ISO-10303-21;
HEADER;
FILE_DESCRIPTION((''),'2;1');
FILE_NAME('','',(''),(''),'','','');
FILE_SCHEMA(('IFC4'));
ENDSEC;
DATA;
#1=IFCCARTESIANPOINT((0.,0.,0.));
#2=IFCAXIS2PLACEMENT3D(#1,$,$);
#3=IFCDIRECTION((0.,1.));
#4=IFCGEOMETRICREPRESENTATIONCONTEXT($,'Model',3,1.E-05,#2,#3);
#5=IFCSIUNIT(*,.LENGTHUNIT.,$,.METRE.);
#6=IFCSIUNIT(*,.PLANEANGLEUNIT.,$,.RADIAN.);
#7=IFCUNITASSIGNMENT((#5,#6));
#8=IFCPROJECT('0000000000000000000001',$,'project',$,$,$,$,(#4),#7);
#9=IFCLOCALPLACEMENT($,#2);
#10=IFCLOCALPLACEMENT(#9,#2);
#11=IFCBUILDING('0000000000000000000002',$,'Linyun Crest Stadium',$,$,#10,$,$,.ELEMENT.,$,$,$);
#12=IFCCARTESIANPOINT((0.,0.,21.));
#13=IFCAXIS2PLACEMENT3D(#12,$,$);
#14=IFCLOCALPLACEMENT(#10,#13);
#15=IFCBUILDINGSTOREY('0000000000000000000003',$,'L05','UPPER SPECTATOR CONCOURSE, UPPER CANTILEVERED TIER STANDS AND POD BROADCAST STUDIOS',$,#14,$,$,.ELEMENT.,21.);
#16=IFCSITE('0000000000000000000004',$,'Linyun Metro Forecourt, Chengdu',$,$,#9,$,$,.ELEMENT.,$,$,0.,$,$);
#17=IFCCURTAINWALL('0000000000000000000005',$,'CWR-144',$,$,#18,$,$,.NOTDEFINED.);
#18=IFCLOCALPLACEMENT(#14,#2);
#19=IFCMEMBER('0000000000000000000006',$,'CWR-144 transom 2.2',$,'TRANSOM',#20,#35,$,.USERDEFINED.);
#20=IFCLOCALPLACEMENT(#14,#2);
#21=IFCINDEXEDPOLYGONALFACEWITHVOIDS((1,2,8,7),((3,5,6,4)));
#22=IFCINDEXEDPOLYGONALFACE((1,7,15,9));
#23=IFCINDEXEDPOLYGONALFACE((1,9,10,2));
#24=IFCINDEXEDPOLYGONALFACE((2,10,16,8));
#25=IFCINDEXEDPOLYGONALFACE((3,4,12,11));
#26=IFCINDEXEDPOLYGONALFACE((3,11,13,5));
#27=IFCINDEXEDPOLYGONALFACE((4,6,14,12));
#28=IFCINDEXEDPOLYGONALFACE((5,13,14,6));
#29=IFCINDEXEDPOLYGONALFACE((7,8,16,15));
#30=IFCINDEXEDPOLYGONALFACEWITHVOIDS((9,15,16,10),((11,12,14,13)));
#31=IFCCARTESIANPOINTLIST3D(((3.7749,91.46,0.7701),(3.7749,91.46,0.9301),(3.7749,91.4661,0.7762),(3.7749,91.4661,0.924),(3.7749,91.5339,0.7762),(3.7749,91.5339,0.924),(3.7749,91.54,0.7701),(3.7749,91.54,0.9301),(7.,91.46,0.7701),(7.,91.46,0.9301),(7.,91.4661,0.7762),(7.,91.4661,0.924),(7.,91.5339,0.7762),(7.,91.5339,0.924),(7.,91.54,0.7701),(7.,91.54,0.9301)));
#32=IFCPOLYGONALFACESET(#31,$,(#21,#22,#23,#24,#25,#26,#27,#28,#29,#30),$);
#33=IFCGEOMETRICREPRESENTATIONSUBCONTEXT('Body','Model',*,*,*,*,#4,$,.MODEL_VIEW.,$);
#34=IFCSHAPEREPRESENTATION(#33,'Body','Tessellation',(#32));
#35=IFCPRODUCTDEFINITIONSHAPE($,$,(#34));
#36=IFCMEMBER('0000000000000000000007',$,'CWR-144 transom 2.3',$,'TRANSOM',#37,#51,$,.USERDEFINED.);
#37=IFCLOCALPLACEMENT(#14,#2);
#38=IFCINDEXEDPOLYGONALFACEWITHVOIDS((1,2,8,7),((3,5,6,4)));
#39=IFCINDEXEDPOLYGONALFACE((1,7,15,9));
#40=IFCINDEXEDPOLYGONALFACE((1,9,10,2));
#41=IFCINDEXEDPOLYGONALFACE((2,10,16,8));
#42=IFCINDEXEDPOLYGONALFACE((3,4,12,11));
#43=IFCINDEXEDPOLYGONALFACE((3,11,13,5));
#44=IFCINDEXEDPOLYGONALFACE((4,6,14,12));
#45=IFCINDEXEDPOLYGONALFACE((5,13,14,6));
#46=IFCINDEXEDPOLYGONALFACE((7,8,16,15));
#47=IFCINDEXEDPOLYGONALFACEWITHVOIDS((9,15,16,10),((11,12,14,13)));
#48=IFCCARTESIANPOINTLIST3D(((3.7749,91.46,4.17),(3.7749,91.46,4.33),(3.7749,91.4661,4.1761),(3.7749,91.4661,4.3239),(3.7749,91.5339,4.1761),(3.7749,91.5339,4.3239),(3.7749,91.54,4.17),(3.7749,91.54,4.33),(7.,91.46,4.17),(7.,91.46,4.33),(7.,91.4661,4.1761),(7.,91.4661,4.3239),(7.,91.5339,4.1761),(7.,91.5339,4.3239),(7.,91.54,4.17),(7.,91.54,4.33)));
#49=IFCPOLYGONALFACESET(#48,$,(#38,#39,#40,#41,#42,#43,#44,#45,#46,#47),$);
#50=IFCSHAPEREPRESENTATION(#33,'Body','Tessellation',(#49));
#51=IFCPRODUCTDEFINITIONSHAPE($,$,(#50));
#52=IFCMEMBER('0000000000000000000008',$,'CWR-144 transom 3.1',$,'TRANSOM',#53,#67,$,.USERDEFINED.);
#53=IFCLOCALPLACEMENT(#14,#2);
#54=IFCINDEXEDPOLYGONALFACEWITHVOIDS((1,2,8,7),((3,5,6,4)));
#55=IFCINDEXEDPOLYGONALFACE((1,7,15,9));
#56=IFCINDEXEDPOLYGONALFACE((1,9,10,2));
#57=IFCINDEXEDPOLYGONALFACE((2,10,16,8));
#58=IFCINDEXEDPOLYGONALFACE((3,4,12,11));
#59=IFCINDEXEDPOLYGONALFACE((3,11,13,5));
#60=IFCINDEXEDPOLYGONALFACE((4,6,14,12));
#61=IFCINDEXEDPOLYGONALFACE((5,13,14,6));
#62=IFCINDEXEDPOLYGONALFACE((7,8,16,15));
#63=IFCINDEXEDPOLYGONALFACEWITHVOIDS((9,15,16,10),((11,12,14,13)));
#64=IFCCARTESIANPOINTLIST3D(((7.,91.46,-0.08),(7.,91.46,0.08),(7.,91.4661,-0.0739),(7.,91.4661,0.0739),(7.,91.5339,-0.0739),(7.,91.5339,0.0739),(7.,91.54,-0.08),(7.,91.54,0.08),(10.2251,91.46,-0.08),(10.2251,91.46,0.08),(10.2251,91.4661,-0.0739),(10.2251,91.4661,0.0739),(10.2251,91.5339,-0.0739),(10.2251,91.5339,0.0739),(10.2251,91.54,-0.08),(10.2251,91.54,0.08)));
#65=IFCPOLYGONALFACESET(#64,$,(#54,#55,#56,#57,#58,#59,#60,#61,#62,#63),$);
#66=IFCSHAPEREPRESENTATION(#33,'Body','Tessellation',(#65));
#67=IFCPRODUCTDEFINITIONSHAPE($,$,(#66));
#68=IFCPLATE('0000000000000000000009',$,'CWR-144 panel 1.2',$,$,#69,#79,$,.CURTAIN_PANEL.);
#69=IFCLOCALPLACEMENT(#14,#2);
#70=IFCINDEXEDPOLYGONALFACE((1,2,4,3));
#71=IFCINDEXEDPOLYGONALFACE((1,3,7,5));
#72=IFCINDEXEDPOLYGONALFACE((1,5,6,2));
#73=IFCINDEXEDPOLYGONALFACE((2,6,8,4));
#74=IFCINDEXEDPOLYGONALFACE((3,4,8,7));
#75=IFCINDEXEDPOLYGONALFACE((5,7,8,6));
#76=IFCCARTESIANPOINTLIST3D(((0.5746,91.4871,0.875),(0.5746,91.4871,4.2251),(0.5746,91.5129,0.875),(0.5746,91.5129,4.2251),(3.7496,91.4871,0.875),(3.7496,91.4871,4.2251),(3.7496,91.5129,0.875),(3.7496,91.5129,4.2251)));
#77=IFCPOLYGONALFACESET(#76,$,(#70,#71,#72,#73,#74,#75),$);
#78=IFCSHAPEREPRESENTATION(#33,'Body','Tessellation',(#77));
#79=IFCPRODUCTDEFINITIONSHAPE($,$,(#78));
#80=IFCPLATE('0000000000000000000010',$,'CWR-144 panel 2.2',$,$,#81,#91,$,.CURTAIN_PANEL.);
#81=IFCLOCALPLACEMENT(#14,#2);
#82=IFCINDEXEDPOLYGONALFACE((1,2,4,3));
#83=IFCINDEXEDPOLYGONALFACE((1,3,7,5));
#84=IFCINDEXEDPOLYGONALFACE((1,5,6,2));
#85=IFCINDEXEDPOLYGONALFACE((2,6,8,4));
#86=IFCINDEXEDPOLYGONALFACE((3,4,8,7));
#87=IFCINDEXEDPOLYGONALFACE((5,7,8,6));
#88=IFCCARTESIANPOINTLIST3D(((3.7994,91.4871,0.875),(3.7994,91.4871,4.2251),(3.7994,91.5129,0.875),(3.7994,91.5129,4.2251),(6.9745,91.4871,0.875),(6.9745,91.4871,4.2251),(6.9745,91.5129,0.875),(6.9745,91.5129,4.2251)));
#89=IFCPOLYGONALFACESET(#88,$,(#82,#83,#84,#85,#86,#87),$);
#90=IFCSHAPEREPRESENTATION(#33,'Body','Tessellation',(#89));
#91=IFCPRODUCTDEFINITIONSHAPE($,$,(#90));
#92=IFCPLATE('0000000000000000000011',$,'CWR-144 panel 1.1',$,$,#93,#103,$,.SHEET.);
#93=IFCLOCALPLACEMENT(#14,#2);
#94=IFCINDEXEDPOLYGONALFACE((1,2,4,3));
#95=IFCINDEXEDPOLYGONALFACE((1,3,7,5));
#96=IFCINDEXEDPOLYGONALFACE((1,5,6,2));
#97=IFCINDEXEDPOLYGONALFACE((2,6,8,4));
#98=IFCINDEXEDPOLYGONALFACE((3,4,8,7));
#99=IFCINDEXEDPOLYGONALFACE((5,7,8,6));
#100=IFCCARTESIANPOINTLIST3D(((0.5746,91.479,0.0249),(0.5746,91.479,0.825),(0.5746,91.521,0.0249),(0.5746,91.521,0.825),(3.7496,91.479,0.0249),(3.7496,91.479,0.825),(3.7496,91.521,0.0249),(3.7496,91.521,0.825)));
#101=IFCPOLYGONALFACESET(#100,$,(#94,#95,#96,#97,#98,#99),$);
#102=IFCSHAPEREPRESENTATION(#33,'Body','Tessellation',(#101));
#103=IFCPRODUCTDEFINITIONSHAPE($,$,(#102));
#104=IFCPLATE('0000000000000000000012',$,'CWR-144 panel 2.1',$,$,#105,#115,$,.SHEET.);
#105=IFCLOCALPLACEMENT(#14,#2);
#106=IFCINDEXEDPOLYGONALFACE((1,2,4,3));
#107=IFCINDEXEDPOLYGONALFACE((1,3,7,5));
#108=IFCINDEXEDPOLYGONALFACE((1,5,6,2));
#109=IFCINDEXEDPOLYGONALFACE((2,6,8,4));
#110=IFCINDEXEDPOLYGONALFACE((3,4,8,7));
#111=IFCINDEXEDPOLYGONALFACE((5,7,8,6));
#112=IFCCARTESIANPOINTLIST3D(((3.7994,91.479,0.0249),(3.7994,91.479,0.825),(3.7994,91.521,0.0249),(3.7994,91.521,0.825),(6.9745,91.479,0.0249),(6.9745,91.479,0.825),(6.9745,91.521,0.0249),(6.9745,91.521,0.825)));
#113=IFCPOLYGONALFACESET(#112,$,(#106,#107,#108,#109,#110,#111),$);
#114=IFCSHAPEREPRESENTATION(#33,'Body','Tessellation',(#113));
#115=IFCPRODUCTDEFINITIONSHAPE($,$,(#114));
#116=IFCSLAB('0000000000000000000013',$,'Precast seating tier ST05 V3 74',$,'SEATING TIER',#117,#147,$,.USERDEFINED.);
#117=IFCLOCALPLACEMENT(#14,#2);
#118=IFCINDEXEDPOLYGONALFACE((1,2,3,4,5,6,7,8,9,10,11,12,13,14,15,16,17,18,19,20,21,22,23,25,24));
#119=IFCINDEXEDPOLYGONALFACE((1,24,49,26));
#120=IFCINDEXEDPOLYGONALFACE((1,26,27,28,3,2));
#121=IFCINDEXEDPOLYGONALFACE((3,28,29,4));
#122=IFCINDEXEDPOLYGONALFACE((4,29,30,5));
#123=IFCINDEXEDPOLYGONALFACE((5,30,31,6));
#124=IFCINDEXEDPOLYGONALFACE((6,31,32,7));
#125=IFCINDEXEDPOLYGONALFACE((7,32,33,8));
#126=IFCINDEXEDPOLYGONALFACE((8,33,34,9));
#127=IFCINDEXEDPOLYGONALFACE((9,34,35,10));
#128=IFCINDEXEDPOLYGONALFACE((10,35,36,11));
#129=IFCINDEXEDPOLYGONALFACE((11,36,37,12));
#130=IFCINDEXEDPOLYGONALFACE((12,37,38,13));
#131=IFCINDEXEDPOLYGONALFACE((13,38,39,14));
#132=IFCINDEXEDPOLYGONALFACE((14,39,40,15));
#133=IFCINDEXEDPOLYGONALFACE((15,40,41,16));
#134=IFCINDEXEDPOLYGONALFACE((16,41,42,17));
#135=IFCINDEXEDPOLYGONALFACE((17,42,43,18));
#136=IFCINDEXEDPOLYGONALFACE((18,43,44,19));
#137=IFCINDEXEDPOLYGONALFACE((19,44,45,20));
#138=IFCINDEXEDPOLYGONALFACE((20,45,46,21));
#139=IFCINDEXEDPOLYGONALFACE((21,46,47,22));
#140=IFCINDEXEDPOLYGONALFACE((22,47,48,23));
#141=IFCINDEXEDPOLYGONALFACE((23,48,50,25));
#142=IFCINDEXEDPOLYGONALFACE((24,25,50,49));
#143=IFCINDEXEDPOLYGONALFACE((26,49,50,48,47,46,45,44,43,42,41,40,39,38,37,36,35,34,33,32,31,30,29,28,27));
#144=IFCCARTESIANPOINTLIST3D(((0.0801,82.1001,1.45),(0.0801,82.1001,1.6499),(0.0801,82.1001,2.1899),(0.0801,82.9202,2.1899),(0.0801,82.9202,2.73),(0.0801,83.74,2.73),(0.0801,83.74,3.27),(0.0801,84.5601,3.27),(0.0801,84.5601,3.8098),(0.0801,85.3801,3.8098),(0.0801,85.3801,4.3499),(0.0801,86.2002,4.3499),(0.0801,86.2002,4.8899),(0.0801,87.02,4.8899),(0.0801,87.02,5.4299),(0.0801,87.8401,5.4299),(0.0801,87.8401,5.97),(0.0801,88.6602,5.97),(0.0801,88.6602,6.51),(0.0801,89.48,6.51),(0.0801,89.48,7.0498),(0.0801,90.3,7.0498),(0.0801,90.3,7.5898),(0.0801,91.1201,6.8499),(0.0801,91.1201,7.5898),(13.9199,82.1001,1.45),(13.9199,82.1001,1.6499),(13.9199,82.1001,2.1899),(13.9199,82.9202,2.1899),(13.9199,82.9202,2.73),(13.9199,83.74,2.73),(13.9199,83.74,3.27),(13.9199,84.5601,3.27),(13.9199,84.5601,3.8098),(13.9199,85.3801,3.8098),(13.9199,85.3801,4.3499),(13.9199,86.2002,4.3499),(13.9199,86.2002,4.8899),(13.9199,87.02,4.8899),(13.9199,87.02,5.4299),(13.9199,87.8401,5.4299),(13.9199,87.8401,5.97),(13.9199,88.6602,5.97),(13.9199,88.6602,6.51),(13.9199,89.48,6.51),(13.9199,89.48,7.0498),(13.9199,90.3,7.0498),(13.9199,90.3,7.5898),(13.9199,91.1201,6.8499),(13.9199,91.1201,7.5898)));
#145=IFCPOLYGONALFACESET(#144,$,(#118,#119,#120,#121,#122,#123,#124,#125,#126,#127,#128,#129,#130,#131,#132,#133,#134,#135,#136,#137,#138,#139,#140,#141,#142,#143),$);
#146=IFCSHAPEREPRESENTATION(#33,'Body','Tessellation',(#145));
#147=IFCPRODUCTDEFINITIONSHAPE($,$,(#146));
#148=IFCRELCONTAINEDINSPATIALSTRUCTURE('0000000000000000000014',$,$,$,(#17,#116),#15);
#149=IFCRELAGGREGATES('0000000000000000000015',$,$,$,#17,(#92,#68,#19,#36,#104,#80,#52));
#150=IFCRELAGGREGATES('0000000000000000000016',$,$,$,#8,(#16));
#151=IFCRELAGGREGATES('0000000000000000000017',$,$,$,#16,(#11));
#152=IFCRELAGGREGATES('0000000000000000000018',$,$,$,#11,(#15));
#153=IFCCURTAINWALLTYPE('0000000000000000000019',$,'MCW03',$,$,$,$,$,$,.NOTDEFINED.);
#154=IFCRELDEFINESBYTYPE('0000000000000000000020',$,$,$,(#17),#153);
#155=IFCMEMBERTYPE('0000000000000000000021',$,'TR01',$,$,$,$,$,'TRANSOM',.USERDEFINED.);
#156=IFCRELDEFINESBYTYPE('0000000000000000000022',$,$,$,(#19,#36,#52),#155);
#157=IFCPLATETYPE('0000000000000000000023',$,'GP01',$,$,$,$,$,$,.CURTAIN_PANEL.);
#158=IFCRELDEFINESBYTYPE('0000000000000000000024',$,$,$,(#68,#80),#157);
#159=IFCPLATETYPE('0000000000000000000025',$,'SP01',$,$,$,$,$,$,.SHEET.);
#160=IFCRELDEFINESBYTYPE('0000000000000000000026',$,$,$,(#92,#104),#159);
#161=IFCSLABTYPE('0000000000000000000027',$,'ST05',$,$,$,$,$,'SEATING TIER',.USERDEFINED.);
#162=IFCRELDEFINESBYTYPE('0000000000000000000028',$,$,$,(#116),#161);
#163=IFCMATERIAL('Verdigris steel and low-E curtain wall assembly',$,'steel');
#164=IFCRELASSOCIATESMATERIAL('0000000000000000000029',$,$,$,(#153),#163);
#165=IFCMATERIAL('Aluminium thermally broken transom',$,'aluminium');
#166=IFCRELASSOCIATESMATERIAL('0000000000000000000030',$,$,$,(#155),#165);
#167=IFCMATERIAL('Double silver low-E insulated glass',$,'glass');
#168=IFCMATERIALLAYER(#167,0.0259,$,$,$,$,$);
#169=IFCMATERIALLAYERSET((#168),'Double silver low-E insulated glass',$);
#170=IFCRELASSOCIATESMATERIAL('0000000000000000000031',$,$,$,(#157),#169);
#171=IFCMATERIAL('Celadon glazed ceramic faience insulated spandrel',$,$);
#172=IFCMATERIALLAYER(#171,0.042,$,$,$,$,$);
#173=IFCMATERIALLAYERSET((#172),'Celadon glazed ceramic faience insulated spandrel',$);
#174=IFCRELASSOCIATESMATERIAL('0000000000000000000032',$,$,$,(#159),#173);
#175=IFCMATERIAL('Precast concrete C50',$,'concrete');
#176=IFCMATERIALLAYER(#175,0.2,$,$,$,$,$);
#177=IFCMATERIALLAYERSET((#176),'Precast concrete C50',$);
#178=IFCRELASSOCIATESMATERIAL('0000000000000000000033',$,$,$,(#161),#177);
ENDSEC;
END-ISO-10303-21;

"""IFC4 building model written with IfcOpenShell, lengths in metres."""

from ifc_helpers import new_model, si_unit, direction, frame, origin, origin_2d, place, context, subcontext, project, spatial, polyline, rectangle, hollow_rectangle, outline, extrude, material, layer, layer_set, material_profile, profile_set, type_object, element, aggregate, save


model = new_model("IFC4")

# Units and contexts
model_context = context("Model", 3, precision=1e-05, world=origin(), true_north=direction((0.0, 1.0)))
body_context = subcontext(model_context, "Body", "Model", "MODEL_VIEW")
ifc_project = project(units=[si_unit("LENGTHUNIT", "METRE"), si_unit("PLANEANGLEUNIT", "RADIAN")], contexts=[model_context])

# Site, building, storey
site_placement = place(None, origin())
site = spatial("IfcSite", under=ifc_project, at=site_placement, Name="Linyun Metro Forecourt, Chengdu", CompositionType="ELEMENT", RefElevation=0.0)
building_placement = place(site_placement, origin())
building = spatial("IfcBuilding", under=site, at=building_placement, Name="Linyun Crest Stadium", CompositionType="ELEMENT")
storey_placement = place(building_placement, frame((0.0, 0.0, 21.0)))
storey = spatial("IfcBuildingStorey", under=building, at=storey_placement, Name="L05", Description="UPPER SPECTATOR CONCOURSE, UPPER CANTILEVERED TIER STANDS AND POD BROADCAST STUDIOS", CompositionType="ELEMENT", Elevation=21.0)

# Curtain wall
ifc_material_1 = material(Name="Verdigris steel and low-E curtain wall assembly", Category="steel")
curtain_wall_type = type_object("IfcCurtainWallType", Name="MCW03", PredefinedType="NOTDEFINED", material=ifc_material_1)
curtain_wall_placement = place(storey_placement, origin())
curtain_wall = element("IfcCurtainWall", 1, at=curtain_wall_placement, inside=storey, type_object=curtain_wall_type, Name="CWR-144", PredefinedType="NOTDEFINED")

# Members
ifc_material_2 = material(Name="Aluminium thermally broken transom", Category="aluminium")
ifc_material_profile_1 = material_profile(ifc_material_2, hollow_rectangle(XDim=0.0801, YDim=0.1599, WallThickness=0.0061, at=origin_2d()), Name="RHS 160x80x6")
ifc_profile_set_1 = profile_set([ifc_material_profile_1], Name="Aluminium thermally broken transom")
member_type_1 = type_object("IfcMemberType", Name="TR01", ElementType="TRANSOM", PredefinedType="USERDEFINED", material=ifc_profile_set_1)
member_1_placement = place(storey_placement, frame((3.7749, 91.5, 0.8501), z_axis=(1.0, 0.0, 0.0), x_axis=(0.0, 1.0, 0.0)))
member_1 = element("IfcMember", 2, at=member_1_placement, type_object=member_type_1, Name="CWR-144 transom 2.2", ObjectType="TRANSOM", PredefinedType="USERDEFINED", context=body_context, shape_type="SweptSolid", body=[
    extrude(hollow_rectangle(XDim=0.0801, YDim=0.1599, WallThickness=0.0061, at=origin_2d()), origin(), (0.0, 0.0, 1.0), 3.2251),
])
member_2_placement = place(storey_placement, frame((3.7749, 91.5, 4.25), z_axis=(1.0, 0.0, 0.0), x_axis=(0.0, 1.0, 0.0)))
member_2 = element("IfcMember", 3, at=member_2_placement, type_object=member_type_1, Name="CWR-144 transom 2.3", ObjectType="TRANSOM", PredefinedType="USERDEFINED", context=body_context, shape_type="SweptSolid", body=[
    extrude(hollow_rectangle(XDim=0.0801, YDim=0.1599, WallThickness=0.0061, at=origin_2d()), origin(), (0.0, 0.0, 1.0), 3.2251),
])
member_3_placement = place(storey_placement, frame((7.0, 91.5, 0.0), z_axis=(1.0, 0.0, 0.0), x_axis=(0.0, 1.0, 0.0)))
member_3 = element("IfcMember", 4, at=member_3_placement, type_object=member_type_1, Name="CWR-144 transom 3.1", ObjectType="TRANSOM", PredefinedType="USERDEFINED", context=body_context, shape_type="SweptSolid", body=[
    extrude(hollow_rectangle(XDim=0.0801, YDim=0.1599, WallThickness=0.0061, at=origin_2d()), origin(), (0.0, 0.0, 1.0), 3.2251),
])

# Plates
ifc_material_3 = material(Name="Double silver low-E insulated glass", Category="glass")
ifc_layer_1 = layer(ifc_material_3, 0.0259)
ifc_layer_set_1 = layer_set([ifc_layer_1], Name="Double silver low-E insulated glass")
plate_type_1 = type_object("IfcPlateType", Name="GP01", PredefinedType="CURTAIN_PANEL", material=ifc_layer_set_1)
plate_1_placement = place(storey_placement, frame((2.1621, 91.5, 0.875), z_axis=(0.0, 0.0, 1.0), x_axis=(1.0, 0.0, 0.0)))
plate_1 = element("IfcPlate", 5, at=plate_1_placement, type_object=plate_type_1, Name="CWR-144 panel 1.2", PredefinedType="CURTAIN_PANEL", context=body_context, shape_type="SweptSolid", body=[
    extrude(rectangle(XDim=3.175, YDim=0.0259, at=origin_2d()), origin(), (0.0, 0.0, 1.0), 3.3501),
])
plate_2_placement = place(storey_placement, frame((5.387, 91.5, 0.875), z_axis=(0.0, 0.0, 1.0), x_axis=(1.0, 0.0, 0.0)))
plate_2 = element("IfcPlate", 6, at=plate_2_placement, type_object=plate_type_1, Name="CWR-144 panel 2.2", PredefinedType="CURTAIN_PANEL", context=body_context, shape_type="SweptSolid", body=[
    extrude(rectangle(XDim=3.175, YDim=0.0259, at=origin_2d()), origin(), (0.0, 0.0, 1.0), 3.3501),
])
ifc_material_4 = material(Name="Celadon glazed ceramic faience insulated spandrel")
ifc_layer_2 = layer(ifc_material_4, 0.042)
ifc_layer_set_2 = layer_set([ifc_layer_2], Name="Celadon glazed ceramic faience insulated spandrel")
plate_type_2 = type_object("IfcPlateType", Name="SP01", PredefinedType="SHEET", material=ifc_layer_set_2)
plate_3_placement = place(storey_placement, frame((2.1621, 91.5, 0.0249), z_axis=(0.0, 0.0, 1.0), x_axis=(1.0, 0.0, 0.0)))
plate_3 = element("IfcPlate", 7, at=plate_3_placement, type_object=plate_type_2, Name="CWR-144 panel 1.1", PredefinedType="SHEET", context=body_context, shape_type="SweptSolid", body=[
    extrude(rectangle(XDim=3.175, YDim=0.042, at=origin_2d()), origin(), (0.0, 0.0, 1.0), 0.8),
])
plate_4_placement = place(storey_placement, frame((5.387, 91.5, 0.0249), z_axis=(0.0, 0.0, 1.0), x_axis=(1.0, 0.0, 0.0)))
plate_4 = element("IfcPlate", 8, at=plate_4_placement, type_object=plate_type_2, Name="CWR-144 panel 2.1", PredefinedType="SHEET", context=body_context, shape_type="SweptSolid", body=[
    extrude(rectangle(XDim=3.175, YDim=0.042, at=origin_2d()), origin(), (0.0, 0.0, 1.0), 0.8),
])
aggregate(curtain_wall, [plate_3, plate_1, member_1, member_2, plate_4, plate_2, member_3])

# Slab
ifc_material_5 = material(Name="Precast concrete C50", Category="concrete")
ifc_layer_3 = layer(ifc_material_5, 0.2)
ifc_layer_set_3 = layer_set([ifc_layer_3], Name="Precast concrete C50")
slab_type = type_object("IfcSlabType", Name="ST05", ElementType="SEATING TIER", PredefinedType="USERDEFINED", material=ifc_layer_set_3)
slab_placement = place(storey_placement, frame((0.0801, 82.1001, 1.6499), z_axis=(0.0, 0.0, 1.0), x_axis=(0.0, 1.0, 0.0)))
element("IfcSlab", 9, at=slab_placement, inside=storey, type_object=slab_type, Name="Precast seating tier ST05 V3 74", ObjectType="SEATING TIER", PredefinedType="USERDEFINED", context=body_context, shape_type="SweptSolid", body=[
    extrude(outline(polyline([(0.0, 0.0), (0.0, 0.54), (0.8201, 0.54), (0.8201, 1.0801), (1.6399, 1.0801), (1.6399, 1.6201), (2.46, 1.6201), (2.46, 2.1599), (3.28, 2.1599), (3.28, 2.7), (4.1001, 2.7), (4.1001, 3.24), (4.9199, 3.24), (4.9199, 3.78), (5.74, 3.78), (5.74, 4.3201), (6.5601, 4.3201), (6.5601, 4.8601), (7.3799, 4.8601), (7.3799, 5.3999), (8.2, 5.3999), (8.2, 5.9399), (9.02, 5.9399), (9.02, 5.2), (0.0, -0.2), (0.0, 0.0)])), frame((0.0, 0.0, 0.0), z_axis=(0.0, -1.0, 0.0), x_axis=(1.0, 0.0, 0.0)), (0.0, 0.0, 1.0), 13.8398),
])

save(model, "model.ifc")
